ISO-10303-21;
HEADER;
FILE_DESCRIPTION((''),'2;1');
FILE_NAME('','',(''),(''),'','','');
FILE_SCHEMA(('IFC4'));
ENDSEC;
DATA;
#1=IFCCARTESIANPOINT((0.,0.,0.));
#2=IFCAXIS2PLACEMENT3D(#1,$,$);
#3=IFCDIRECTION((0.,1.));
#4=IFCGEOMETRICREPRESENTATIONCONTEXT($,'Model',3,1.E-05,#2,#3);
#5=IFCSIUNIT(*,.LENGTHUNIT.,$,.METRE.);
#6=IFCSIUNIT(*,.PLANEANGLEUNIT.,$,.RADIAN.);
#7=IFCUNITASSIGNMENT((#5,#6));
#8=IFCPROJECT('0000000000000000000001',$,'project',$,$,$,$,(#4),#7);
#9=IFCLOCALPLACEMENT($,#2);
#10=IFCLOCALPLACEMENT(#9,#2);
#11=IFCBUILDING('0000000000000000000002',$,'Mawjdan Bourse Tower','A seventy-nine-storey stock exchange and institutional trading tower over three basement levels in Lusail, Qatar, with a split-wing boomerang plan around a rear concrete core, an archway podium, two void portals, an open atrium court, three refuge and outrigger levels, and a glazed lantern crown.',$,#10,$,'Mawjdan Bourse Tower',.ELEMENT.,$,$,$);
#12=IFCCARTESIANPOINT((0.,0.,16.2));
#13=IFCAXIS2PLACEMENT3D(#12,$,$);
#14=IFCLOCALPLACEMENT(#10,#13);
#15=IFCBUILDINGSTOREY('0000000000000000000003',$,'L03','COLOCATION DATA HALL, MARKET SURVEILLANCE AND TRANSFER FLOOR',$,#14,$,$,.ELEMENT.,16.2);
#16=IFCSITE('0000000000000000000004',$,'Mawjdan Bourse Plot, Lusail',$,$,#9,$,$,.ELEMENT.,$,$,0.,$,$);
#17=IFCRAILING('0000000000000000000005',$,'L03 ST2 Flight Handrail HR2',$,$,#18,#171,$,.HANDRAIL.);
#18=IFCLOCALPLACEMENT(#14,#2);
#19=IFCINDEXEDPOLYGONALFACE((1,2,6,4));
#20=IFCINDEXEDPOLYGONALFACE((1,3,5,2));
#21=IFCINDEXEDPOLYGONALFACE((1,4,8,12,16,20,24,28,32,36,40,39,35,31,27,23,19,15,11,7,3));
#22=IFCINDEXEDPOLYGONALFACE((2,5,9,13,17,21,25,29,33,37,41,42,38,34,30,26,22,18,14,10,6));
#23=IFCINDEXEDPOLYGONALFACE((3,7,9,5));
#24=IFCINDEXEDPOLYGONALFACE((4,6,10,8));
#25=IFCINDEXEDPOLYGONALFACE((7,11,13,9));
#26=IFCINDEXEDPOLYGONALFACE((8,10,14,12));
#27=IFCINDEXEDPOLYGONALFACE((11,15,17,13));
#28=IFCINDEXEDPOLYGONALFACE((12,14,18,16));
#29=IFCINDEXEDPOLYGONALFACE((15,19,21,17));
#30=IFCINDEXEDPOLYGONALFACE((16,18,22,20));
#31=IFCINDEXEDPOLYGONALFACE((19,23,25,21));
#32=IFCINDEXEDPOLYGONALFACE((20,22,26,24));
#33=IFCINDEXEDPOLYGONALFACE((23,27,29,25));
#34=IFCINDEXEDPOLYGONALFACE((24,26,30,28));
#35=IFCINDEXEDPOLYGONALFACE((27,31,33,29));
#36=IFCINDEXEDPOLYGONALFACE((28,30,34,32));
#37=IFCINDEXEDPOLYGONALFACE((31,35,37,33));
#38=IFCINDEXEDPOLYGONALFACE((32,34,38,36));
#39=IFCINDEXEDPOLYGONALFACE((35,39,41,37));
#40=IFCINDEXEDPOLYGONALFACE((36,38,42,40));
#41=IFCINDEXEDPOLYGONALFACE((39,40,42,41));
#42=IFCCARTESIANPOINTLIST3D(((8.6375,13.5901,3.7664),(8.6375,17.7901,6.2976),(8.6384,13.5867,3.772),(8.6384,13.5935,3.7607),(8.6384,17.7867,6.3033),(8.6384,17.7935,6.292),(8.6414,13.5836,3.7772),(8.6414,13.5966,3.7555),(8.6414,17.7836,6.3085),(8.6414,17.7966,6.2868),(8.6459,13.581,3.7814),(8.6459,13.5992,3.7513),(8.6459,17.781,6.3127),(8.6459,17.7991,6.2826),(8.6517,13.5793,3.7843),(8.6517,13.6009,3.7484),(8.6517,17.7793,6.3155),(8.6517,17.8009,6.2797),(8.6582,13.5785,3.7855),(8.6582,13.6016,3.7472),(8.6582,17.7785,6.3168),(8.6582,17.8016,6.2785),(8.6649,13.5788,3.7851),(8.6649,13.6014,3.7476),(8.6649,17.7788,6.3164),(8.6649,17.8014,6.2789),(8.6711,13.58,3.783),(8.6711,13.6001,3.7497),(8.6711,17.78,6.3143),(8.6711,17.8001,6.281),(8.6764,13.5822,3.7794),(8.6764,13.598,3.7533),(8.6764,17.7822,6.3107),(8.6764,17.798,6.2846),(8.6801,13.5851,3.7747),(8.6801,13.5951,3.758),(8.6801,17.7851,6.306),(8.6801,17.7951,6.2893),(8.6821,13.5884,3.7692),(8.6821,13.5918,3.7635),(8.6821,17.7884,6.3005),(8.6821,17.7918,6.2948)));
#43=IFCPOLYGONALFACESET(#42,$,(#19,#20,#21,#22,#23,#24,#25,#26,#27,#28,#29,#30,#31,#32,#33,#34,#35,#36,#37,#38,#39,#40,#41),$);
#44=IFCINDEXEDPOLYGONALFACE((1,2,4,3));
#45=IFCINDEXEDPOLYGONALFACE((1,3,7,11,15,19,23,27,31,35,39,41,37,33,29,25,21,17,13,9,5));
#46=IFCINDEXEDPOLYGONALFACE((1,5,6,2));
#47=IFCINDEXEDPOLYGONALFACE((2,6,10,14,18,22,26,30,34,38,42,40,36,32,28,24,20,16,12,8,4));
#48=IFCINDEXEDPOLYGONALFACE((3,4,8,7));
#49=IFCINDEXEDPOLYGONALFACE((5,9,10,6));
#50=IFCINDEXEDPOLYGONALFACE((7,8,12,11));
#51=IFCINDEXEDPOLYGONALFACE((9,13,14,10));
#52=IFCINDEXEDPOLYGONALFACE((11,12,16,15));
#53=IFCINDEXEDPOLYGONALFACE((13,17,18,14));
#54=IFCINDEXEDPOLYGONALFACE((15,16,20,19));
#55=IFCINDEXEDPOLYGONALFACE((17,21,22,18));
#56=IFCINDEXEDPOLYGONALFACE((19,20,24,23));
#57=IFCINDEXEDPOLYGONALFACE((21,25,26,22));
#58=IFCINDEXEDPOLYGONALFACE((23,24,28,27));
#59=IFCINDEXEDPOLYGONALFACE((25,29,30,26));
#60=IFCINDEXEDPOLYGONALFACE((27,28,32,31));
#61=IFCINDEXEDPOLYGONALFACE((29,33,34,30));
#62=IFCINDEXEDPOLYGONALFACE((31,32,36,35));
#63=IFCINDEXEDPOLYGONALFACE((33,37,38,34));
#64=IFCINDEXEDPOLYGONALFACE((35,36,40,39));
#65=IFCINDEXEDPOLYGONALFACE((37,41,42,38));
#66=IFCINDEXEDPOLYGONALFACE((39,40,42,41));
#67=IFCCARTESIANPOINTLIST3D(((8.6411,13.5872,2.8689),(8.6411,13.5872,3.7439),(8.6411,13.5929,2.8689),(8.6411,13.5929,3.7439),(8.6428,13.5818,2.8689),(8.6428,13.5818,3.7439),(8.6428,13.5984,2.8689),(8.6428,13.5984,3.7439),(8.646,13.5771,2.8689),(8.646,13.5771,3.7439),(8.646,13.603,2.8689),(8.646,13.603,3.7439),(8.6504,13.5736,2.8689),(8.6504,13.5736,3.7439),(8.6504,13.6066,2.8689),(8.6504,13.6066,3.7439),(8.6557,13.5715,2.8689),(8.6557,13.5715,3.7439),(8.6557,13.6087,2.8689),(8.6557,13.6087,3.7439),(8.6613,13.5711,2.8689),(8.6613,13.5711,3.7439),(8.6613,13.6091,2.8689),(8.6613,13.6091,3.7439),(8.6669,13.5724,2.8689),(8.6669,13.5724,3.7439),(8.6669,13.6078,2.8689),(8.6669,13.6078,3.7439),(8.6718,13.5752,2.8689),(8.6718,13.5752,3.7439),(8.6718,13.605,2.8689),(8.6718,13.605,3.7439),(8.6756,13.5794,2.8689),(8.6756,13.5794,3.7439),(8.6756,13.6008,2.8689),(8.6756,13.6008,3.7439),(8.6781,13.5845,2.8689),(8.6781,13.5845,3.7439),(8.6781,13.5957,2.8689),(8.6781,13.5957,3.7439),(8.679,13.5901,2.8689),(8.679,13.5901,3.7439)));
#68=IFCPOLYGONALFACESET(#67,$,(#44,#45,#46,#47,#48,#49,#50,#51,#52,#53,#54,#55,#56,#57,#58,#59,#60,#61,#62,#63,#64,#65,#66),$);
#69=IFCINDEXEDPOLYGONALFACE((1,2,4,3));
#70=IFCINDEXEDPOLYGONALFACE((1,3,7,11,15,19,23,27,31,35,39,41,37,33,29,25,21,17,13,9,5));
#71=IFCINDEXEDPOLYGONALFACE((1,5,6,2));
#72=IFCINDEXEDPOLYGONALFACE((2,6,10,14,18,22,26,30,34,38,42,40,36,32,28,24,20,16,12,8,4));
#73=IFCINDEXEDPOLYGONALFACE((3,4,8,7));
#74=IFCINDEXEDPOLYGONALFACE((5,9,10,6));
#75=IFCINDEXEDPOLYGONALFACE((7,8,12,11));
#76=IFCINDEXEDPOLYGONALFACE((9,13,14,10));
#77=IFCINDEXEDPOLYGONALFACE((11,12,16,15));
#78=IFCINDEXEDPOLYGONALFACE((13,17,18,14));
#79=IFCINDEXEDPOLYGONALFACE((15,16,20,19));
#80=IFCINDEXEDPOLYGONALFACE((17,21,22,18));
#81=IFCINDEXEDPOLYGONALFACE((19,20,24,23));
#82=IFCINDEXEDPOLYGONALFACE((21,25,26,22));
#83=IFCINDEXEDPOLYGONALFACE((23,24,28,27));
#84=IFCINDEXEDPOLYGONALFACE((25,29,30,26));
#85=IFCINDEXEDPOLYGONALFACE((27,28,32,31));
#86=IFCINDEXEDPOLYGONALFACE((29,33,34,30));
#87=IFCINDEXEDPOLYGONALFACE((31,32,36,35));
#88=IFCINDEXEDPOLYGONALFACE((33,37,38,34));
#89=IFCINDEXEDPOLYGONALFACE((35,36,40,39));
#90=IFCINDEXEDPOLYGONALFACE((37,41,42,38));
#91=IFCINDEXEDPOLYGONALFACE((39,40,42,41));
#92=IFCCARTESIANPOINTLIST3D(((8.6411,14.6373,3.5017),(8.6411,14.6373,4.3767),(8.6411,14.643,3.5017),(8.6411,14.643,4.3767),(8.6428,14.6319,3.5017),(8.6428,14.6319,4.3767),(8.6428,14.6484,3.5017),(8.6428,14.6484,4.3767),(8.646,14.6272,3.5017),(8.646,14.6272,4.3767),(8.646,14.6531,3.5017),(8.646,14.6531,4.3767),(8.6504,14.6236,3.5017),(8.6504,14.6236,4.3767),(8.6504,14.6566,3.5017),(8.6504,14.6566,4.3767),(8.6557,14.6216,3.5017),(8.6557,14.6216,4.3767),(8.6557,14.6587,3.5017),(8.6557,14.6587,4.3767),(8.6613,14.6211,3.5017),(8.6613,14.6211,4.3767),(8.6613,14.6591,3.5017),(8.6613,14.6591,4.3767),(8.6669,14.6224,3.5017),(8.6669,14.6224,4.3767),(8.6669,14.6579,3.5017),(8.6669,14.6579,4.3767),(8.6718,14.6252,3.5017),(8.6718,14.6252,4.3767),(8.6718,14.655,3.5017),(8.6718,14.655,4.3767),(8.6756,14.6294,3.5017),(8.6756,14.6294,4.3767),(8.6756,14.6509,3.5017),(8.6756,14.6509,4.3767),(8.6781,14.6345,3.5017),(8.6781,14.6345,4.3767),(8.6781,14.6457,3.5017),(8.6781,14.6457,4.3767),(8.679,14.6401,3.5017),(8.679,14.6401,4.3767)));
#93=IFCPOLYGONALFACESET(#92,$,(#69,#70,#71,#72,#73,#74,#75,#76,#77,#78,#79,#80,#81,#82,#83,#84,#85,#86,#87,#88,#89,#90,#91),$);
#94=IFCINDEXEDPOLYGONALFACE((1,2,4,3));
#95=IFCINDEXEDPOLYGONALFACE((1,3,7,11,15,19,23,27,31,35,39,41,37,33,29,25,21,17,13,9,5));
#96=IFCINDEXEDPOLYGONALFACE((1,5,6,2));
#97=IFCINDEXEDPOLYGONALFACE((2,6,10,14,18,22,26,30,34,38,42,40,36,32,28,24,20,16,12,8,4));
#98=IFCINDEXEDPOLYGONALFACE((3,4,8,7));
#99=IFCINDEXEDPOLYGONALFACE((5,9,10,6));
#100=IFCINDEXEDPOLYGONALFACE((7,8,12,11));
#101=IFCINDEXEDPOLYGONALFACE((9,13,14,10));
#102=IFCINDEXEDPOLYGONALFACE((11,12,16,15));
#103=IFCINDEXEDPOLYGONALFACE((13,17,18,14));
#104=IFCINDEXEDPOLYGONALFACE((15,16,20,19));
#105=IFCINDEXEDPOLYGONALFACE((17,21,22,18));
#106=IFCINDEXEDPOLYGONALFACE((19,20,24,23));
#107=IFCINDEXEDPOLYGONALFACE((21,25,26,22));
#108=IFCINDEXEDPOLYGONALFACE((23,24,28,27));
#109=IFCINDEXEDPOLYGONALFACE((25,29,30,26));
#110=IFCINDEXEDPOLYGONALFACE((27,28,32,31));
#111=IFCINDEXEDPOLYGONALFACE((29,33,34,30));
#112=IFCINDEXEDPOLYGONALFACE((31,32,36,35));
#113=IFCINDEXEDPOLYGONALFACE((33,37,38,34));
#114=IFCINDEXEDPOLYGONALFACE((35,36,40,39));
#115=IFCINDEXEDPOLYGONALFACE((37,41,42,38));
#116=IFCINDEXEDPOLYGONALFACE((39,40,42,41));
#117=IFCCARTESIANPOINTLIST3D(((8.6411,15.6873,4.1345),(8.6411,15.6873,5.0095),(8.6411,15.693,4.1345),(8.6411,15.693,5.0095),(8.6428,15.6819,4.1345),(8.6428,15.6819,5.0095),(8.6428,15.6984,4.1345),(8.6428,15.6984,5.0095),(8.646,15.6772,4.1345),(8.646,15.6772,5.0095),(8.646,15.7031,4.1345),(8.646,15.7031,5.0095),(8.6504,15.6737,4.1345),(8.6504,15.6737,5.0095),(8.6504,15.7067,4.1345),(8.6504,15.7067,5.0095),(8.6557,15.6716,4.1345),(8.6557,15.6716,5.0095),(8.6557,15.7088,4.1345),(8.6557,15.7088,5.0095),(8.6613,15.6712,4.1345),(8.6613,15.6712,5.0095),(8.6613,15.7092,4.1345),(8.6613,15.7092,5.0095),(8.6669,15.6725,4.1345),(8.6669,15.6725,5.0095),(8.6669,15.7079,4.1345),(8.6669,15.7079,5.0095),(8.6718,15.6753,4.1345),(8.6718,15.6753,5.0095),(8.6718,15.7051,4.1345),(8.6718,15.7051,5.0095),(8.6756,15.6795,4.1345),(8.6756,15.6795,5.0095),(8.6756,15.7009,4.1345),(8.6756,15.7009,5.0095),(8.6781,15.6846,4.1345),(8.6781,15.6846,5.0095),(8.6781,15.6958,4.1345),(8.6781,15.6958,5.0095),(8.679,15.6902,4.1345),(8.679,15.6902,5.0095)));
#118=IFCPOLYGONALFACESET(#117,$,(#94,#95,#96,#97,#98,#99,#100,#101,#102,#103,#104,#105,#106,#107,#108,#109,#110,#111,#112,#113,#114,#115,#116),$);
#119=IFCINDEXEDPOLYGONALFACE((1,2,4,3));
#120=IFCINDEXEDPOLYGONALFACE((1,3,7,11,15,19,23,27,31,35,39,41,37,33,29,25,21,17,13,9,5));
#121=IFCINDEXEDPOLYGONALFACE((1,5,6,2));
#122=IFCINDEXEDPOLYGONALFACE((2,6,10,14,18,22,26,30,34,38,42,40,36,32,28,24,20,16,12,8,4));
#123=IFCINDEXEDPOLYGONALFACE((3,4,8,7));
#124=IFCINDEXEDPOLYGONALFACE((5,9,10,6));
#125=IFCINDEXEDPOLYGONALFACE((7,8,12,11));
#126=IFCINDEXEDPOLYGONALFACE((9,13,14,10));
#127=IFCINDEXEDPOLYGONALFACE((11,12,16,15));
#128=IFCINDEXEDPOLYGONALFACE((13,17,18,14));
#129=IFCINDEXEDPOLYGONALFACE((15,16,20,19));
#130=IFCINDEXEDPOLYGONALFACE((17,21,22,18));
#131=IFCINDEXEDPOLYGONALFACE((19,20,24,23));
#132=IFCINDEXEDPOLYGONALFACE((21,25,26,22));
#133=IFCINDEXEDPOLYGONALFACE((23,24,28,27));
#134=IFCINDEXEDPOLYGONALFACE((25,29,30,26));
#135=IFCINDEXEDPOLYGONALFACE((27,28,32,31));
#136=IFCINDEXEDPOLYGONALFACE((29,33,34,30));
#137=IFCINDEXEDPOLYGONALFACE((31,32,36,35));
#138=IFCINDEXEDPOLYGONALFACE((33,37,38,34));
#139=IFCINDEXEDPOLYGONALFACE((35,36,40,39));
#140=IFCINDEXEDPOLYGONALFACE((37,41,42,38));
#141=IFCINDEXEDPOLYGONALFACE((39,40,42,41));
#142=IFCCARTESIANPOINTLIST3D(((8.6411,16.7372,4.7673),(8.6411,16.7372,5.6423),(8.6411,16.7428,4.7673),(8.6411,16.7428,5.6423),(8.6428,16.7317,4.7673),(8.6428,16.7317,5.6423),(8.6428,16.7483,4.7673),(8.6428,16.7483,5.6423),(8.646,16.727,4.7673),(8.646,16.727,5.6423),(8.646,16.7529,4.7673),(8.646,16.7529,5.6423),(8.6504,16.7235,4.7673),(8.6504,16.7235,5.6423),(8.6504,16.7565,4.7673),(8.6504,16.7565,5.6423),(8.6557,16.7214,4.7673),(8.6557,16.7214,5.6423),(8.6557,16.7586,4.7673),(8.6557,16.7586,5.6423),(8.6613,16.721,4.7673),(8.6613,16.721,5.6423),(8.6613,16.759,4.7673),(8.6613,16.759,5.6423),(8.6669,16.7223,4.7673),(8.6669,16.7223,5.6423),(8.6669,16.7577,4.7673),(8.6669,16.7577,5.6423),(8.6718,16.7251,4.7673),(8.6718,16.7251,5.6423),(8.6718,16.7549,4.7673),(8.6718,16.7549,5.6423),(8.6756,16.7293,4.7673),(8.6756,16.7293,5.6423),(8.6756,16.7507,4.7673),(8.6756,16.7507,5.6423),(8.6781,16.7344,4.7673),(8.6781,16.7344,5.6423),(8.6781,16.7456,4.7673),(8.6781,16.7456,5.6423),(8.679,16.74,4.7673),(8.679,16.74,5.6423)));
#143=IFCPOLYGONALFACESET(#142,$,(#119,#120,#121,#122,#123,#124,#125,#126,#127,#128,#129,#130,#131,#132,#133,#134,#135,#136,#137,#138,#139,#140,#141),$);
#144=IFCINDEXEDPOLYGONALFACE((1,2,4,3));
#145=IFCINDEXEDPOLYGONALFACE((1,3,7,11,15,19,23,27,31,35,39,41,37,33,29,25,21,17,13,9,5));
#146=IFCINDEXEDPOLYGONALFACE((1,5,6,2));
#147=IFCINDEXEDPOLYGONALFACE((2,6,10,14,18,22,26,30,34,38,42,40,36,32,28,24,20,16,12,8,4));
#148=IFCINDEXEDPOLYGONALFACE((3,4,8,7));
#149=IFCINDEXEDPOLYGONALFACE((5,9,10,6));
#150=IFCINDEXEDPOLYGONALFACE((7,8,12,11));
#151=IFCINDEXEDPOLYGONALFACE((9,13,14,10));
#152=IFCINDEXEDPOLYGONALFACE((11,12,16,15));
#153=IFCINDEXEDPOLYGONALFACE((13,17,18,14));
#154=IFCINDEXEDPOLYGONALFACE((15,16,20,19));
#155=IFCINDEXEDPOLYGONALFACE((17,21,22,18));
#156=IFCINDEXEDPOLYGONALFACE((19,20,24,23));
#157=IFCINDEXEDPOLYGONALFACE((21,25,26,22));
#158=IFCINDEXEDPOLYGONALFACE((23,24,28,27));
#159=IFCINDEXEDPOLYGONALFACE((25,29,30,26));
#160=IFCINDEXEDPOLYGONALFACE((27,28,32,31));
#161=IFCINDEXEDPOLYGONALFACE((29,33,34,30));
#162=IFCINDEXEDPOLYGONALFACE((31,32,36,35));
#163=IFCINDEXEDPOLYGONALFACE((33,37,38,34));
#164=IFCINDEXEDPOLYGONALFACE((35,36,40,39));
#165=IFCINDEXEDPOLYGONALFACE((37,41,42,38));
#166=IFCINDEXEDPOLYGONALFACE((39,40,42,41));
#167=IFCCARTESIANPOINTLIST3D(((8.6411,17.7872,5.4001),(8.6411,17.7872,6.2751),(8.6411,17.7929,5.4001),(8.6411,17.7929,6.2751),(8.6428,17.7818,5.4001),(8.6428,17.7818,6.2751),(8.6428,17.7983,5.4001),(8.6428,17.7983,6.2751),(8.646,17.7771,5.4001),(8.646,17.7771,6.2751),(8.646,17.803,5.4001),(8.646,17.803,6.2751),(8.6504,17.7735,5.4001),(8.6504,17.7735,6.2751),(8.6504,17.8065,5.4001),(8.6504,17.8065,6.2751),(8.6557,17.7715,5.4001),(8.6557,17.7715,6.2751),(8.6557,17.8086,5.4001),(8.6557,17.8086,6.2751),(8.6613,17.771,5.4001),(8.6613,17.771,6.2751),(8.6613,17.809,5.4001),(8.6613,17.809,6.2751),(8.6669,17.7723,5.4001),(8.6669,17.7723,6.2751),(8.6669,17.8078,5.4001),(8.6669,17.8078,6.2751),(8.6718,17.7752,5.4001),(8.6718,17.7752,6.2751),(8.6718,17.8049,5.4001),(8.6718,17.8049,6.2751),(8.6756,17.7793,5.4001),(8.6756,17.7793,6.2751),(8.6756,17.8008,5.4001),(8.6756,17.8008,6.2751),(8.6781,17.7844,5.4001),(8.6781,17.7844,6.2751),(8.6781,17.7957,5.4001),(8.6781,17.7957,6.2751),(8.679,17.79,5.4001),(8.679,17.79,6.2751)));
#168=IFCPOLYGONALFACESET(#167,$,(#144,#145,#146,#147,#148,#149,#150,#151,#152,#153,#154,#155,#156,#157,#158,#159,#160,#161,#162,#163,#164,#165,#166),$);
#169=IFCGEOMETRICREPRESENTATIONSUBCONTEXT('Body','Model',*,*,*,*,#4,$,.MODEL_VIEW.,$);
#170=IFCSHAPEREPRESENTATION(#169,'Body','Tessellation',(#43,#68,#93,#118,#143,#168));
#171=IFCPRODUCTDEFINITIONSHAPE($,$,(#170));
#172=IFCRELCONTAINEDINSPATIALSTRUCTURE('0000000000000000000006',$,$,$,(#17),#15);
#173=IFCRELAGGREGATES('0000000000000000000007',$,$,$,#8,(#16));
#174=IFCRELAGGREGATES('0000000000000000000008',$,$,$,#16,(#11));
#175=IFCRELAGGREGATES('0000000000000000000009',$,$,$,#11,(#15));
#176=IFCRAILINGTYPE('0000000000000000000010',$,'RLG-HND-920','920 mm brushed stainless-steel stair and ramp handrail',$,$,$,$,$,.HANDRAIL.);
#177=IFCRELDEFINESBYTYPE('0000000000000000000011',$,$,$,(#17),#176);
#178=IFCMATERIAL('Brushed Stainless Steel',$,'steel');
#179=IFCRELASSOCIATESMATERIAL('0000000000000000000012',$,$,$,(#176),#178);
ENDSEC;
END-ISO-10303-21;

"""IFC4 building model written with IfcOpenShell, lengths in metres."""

from ifc_helpers import new_model, si_unit, direction, frame, origin, origin_2d, place, context, subcontext, project, spatial, circle, extrude, material, type_object, element, save


model = new_model("IFC4")

# Units and contexts
model_context = context("Model", 3, precision=1e-05, world=origin(), true_north=direction((0.0, 1.0)))
body_context = subcontext(model_context, "Body", "Model", "MODEL_VIEW")
ifc_project = project(units=[si_unit("LENGTHUNIT", "METRE"), si_unit("PLANEANGLEUNIT", "RADIAN")], contexts=[model_context])

# Site, building, storey
site_placement = place(None, origin())
site = spatial("IfcSite", under=ifc_project, at=site_placement, Name="Mawjdan Bourse Plot, Lusail", CompositionType="ELEMENT", RefElevation=0.0)
building_placement = place(site_placement, origin())
building = spatial("IfcBuilding", under=site, at=building_placement, Name="Mawjdan Bourse Tower", Description="A seventy-nine-storey stock exchange and institutional trading tower over three basement levels in Lusail, Qatar, with a split-wing boomerang plan around a rear concrete core, an archway podium, two void portals, an open atrium court, three refuge and outrigger levels, and a glazed lantern crown.", LongName="Mawjdan Bourse Tower", CompositionType="ELEMENT")
storey_placement = place(building_placement, frame((0.0, 0.0, 16.2)))
storey = spatial("IfcBuildingStorey", under=building, at=storey_placement, Name="L03", Description="COLOCATION DATA HALL, MARKET SURVEILLANCE AND TRANSFER FLOOR", CompositionType="ELEMENT", Elevation=16.2)

# Railing
ifc_material_1 = material(Name="Brushed Stainless Steel", Category="steel")
railing_type_1 = type_object("IfcRailingType", Name="RLG-HND-920", Description="920 mm brushed stainless-steel stair and ramp handrail", PredefinedType="HANDRAIL", material=ifc_material_1)
railing_1_placement = place(storey_placement, frame((8.6599, 13.5901, 2.8689)))
element("IfcRailing", 1, at=railing_1_placement, inside=storey, type_object=railing_type_1, Name="L03 ST2 Flight Handrail HR2", PredefinedType="HANDRAIL", context=body_context, shape_type="SweptSolid", body=[
    extrude(circle(Radius=0.0225, at=origin_2d()), frame((0.0, 0.0, 0.8975), z_axis=(0.0, 0.856476, 0.516186), x_axis=(-1.0, 0.0, 0.0)), (0.0, 0.0, 1.0), 4.9038),
    extrude(circle(Radius=0.019, at=origin_2d()), origin(), (0.0, 0.0, 1.0), 0.875),
    extrude(circle(Radius=0.019, at=origin_2d()), frame((0.0, 1.05, 0.6328)), (0.0, 0.0, 1.0), 0.875),
    extrude(circle(Radius=0.019, at=origin_2d()), frame((0.0, 2.1001, 1.2656)), (0.0, 0.0, 1.0), 0.875),
    extrude(circle(Radius=0.019, at=origin_2d()), frame((0.0, 3.1499, 1.8984)), (0.0, 0.0, 1.0), 0.875),
    extrude(circle(Radius=0.019, at=origin_2d()), frame((0.0, 4.2, 2.5312)), (0.0, 0.0, 1.0), 0.875),
])

save(model, "model.ifc")
